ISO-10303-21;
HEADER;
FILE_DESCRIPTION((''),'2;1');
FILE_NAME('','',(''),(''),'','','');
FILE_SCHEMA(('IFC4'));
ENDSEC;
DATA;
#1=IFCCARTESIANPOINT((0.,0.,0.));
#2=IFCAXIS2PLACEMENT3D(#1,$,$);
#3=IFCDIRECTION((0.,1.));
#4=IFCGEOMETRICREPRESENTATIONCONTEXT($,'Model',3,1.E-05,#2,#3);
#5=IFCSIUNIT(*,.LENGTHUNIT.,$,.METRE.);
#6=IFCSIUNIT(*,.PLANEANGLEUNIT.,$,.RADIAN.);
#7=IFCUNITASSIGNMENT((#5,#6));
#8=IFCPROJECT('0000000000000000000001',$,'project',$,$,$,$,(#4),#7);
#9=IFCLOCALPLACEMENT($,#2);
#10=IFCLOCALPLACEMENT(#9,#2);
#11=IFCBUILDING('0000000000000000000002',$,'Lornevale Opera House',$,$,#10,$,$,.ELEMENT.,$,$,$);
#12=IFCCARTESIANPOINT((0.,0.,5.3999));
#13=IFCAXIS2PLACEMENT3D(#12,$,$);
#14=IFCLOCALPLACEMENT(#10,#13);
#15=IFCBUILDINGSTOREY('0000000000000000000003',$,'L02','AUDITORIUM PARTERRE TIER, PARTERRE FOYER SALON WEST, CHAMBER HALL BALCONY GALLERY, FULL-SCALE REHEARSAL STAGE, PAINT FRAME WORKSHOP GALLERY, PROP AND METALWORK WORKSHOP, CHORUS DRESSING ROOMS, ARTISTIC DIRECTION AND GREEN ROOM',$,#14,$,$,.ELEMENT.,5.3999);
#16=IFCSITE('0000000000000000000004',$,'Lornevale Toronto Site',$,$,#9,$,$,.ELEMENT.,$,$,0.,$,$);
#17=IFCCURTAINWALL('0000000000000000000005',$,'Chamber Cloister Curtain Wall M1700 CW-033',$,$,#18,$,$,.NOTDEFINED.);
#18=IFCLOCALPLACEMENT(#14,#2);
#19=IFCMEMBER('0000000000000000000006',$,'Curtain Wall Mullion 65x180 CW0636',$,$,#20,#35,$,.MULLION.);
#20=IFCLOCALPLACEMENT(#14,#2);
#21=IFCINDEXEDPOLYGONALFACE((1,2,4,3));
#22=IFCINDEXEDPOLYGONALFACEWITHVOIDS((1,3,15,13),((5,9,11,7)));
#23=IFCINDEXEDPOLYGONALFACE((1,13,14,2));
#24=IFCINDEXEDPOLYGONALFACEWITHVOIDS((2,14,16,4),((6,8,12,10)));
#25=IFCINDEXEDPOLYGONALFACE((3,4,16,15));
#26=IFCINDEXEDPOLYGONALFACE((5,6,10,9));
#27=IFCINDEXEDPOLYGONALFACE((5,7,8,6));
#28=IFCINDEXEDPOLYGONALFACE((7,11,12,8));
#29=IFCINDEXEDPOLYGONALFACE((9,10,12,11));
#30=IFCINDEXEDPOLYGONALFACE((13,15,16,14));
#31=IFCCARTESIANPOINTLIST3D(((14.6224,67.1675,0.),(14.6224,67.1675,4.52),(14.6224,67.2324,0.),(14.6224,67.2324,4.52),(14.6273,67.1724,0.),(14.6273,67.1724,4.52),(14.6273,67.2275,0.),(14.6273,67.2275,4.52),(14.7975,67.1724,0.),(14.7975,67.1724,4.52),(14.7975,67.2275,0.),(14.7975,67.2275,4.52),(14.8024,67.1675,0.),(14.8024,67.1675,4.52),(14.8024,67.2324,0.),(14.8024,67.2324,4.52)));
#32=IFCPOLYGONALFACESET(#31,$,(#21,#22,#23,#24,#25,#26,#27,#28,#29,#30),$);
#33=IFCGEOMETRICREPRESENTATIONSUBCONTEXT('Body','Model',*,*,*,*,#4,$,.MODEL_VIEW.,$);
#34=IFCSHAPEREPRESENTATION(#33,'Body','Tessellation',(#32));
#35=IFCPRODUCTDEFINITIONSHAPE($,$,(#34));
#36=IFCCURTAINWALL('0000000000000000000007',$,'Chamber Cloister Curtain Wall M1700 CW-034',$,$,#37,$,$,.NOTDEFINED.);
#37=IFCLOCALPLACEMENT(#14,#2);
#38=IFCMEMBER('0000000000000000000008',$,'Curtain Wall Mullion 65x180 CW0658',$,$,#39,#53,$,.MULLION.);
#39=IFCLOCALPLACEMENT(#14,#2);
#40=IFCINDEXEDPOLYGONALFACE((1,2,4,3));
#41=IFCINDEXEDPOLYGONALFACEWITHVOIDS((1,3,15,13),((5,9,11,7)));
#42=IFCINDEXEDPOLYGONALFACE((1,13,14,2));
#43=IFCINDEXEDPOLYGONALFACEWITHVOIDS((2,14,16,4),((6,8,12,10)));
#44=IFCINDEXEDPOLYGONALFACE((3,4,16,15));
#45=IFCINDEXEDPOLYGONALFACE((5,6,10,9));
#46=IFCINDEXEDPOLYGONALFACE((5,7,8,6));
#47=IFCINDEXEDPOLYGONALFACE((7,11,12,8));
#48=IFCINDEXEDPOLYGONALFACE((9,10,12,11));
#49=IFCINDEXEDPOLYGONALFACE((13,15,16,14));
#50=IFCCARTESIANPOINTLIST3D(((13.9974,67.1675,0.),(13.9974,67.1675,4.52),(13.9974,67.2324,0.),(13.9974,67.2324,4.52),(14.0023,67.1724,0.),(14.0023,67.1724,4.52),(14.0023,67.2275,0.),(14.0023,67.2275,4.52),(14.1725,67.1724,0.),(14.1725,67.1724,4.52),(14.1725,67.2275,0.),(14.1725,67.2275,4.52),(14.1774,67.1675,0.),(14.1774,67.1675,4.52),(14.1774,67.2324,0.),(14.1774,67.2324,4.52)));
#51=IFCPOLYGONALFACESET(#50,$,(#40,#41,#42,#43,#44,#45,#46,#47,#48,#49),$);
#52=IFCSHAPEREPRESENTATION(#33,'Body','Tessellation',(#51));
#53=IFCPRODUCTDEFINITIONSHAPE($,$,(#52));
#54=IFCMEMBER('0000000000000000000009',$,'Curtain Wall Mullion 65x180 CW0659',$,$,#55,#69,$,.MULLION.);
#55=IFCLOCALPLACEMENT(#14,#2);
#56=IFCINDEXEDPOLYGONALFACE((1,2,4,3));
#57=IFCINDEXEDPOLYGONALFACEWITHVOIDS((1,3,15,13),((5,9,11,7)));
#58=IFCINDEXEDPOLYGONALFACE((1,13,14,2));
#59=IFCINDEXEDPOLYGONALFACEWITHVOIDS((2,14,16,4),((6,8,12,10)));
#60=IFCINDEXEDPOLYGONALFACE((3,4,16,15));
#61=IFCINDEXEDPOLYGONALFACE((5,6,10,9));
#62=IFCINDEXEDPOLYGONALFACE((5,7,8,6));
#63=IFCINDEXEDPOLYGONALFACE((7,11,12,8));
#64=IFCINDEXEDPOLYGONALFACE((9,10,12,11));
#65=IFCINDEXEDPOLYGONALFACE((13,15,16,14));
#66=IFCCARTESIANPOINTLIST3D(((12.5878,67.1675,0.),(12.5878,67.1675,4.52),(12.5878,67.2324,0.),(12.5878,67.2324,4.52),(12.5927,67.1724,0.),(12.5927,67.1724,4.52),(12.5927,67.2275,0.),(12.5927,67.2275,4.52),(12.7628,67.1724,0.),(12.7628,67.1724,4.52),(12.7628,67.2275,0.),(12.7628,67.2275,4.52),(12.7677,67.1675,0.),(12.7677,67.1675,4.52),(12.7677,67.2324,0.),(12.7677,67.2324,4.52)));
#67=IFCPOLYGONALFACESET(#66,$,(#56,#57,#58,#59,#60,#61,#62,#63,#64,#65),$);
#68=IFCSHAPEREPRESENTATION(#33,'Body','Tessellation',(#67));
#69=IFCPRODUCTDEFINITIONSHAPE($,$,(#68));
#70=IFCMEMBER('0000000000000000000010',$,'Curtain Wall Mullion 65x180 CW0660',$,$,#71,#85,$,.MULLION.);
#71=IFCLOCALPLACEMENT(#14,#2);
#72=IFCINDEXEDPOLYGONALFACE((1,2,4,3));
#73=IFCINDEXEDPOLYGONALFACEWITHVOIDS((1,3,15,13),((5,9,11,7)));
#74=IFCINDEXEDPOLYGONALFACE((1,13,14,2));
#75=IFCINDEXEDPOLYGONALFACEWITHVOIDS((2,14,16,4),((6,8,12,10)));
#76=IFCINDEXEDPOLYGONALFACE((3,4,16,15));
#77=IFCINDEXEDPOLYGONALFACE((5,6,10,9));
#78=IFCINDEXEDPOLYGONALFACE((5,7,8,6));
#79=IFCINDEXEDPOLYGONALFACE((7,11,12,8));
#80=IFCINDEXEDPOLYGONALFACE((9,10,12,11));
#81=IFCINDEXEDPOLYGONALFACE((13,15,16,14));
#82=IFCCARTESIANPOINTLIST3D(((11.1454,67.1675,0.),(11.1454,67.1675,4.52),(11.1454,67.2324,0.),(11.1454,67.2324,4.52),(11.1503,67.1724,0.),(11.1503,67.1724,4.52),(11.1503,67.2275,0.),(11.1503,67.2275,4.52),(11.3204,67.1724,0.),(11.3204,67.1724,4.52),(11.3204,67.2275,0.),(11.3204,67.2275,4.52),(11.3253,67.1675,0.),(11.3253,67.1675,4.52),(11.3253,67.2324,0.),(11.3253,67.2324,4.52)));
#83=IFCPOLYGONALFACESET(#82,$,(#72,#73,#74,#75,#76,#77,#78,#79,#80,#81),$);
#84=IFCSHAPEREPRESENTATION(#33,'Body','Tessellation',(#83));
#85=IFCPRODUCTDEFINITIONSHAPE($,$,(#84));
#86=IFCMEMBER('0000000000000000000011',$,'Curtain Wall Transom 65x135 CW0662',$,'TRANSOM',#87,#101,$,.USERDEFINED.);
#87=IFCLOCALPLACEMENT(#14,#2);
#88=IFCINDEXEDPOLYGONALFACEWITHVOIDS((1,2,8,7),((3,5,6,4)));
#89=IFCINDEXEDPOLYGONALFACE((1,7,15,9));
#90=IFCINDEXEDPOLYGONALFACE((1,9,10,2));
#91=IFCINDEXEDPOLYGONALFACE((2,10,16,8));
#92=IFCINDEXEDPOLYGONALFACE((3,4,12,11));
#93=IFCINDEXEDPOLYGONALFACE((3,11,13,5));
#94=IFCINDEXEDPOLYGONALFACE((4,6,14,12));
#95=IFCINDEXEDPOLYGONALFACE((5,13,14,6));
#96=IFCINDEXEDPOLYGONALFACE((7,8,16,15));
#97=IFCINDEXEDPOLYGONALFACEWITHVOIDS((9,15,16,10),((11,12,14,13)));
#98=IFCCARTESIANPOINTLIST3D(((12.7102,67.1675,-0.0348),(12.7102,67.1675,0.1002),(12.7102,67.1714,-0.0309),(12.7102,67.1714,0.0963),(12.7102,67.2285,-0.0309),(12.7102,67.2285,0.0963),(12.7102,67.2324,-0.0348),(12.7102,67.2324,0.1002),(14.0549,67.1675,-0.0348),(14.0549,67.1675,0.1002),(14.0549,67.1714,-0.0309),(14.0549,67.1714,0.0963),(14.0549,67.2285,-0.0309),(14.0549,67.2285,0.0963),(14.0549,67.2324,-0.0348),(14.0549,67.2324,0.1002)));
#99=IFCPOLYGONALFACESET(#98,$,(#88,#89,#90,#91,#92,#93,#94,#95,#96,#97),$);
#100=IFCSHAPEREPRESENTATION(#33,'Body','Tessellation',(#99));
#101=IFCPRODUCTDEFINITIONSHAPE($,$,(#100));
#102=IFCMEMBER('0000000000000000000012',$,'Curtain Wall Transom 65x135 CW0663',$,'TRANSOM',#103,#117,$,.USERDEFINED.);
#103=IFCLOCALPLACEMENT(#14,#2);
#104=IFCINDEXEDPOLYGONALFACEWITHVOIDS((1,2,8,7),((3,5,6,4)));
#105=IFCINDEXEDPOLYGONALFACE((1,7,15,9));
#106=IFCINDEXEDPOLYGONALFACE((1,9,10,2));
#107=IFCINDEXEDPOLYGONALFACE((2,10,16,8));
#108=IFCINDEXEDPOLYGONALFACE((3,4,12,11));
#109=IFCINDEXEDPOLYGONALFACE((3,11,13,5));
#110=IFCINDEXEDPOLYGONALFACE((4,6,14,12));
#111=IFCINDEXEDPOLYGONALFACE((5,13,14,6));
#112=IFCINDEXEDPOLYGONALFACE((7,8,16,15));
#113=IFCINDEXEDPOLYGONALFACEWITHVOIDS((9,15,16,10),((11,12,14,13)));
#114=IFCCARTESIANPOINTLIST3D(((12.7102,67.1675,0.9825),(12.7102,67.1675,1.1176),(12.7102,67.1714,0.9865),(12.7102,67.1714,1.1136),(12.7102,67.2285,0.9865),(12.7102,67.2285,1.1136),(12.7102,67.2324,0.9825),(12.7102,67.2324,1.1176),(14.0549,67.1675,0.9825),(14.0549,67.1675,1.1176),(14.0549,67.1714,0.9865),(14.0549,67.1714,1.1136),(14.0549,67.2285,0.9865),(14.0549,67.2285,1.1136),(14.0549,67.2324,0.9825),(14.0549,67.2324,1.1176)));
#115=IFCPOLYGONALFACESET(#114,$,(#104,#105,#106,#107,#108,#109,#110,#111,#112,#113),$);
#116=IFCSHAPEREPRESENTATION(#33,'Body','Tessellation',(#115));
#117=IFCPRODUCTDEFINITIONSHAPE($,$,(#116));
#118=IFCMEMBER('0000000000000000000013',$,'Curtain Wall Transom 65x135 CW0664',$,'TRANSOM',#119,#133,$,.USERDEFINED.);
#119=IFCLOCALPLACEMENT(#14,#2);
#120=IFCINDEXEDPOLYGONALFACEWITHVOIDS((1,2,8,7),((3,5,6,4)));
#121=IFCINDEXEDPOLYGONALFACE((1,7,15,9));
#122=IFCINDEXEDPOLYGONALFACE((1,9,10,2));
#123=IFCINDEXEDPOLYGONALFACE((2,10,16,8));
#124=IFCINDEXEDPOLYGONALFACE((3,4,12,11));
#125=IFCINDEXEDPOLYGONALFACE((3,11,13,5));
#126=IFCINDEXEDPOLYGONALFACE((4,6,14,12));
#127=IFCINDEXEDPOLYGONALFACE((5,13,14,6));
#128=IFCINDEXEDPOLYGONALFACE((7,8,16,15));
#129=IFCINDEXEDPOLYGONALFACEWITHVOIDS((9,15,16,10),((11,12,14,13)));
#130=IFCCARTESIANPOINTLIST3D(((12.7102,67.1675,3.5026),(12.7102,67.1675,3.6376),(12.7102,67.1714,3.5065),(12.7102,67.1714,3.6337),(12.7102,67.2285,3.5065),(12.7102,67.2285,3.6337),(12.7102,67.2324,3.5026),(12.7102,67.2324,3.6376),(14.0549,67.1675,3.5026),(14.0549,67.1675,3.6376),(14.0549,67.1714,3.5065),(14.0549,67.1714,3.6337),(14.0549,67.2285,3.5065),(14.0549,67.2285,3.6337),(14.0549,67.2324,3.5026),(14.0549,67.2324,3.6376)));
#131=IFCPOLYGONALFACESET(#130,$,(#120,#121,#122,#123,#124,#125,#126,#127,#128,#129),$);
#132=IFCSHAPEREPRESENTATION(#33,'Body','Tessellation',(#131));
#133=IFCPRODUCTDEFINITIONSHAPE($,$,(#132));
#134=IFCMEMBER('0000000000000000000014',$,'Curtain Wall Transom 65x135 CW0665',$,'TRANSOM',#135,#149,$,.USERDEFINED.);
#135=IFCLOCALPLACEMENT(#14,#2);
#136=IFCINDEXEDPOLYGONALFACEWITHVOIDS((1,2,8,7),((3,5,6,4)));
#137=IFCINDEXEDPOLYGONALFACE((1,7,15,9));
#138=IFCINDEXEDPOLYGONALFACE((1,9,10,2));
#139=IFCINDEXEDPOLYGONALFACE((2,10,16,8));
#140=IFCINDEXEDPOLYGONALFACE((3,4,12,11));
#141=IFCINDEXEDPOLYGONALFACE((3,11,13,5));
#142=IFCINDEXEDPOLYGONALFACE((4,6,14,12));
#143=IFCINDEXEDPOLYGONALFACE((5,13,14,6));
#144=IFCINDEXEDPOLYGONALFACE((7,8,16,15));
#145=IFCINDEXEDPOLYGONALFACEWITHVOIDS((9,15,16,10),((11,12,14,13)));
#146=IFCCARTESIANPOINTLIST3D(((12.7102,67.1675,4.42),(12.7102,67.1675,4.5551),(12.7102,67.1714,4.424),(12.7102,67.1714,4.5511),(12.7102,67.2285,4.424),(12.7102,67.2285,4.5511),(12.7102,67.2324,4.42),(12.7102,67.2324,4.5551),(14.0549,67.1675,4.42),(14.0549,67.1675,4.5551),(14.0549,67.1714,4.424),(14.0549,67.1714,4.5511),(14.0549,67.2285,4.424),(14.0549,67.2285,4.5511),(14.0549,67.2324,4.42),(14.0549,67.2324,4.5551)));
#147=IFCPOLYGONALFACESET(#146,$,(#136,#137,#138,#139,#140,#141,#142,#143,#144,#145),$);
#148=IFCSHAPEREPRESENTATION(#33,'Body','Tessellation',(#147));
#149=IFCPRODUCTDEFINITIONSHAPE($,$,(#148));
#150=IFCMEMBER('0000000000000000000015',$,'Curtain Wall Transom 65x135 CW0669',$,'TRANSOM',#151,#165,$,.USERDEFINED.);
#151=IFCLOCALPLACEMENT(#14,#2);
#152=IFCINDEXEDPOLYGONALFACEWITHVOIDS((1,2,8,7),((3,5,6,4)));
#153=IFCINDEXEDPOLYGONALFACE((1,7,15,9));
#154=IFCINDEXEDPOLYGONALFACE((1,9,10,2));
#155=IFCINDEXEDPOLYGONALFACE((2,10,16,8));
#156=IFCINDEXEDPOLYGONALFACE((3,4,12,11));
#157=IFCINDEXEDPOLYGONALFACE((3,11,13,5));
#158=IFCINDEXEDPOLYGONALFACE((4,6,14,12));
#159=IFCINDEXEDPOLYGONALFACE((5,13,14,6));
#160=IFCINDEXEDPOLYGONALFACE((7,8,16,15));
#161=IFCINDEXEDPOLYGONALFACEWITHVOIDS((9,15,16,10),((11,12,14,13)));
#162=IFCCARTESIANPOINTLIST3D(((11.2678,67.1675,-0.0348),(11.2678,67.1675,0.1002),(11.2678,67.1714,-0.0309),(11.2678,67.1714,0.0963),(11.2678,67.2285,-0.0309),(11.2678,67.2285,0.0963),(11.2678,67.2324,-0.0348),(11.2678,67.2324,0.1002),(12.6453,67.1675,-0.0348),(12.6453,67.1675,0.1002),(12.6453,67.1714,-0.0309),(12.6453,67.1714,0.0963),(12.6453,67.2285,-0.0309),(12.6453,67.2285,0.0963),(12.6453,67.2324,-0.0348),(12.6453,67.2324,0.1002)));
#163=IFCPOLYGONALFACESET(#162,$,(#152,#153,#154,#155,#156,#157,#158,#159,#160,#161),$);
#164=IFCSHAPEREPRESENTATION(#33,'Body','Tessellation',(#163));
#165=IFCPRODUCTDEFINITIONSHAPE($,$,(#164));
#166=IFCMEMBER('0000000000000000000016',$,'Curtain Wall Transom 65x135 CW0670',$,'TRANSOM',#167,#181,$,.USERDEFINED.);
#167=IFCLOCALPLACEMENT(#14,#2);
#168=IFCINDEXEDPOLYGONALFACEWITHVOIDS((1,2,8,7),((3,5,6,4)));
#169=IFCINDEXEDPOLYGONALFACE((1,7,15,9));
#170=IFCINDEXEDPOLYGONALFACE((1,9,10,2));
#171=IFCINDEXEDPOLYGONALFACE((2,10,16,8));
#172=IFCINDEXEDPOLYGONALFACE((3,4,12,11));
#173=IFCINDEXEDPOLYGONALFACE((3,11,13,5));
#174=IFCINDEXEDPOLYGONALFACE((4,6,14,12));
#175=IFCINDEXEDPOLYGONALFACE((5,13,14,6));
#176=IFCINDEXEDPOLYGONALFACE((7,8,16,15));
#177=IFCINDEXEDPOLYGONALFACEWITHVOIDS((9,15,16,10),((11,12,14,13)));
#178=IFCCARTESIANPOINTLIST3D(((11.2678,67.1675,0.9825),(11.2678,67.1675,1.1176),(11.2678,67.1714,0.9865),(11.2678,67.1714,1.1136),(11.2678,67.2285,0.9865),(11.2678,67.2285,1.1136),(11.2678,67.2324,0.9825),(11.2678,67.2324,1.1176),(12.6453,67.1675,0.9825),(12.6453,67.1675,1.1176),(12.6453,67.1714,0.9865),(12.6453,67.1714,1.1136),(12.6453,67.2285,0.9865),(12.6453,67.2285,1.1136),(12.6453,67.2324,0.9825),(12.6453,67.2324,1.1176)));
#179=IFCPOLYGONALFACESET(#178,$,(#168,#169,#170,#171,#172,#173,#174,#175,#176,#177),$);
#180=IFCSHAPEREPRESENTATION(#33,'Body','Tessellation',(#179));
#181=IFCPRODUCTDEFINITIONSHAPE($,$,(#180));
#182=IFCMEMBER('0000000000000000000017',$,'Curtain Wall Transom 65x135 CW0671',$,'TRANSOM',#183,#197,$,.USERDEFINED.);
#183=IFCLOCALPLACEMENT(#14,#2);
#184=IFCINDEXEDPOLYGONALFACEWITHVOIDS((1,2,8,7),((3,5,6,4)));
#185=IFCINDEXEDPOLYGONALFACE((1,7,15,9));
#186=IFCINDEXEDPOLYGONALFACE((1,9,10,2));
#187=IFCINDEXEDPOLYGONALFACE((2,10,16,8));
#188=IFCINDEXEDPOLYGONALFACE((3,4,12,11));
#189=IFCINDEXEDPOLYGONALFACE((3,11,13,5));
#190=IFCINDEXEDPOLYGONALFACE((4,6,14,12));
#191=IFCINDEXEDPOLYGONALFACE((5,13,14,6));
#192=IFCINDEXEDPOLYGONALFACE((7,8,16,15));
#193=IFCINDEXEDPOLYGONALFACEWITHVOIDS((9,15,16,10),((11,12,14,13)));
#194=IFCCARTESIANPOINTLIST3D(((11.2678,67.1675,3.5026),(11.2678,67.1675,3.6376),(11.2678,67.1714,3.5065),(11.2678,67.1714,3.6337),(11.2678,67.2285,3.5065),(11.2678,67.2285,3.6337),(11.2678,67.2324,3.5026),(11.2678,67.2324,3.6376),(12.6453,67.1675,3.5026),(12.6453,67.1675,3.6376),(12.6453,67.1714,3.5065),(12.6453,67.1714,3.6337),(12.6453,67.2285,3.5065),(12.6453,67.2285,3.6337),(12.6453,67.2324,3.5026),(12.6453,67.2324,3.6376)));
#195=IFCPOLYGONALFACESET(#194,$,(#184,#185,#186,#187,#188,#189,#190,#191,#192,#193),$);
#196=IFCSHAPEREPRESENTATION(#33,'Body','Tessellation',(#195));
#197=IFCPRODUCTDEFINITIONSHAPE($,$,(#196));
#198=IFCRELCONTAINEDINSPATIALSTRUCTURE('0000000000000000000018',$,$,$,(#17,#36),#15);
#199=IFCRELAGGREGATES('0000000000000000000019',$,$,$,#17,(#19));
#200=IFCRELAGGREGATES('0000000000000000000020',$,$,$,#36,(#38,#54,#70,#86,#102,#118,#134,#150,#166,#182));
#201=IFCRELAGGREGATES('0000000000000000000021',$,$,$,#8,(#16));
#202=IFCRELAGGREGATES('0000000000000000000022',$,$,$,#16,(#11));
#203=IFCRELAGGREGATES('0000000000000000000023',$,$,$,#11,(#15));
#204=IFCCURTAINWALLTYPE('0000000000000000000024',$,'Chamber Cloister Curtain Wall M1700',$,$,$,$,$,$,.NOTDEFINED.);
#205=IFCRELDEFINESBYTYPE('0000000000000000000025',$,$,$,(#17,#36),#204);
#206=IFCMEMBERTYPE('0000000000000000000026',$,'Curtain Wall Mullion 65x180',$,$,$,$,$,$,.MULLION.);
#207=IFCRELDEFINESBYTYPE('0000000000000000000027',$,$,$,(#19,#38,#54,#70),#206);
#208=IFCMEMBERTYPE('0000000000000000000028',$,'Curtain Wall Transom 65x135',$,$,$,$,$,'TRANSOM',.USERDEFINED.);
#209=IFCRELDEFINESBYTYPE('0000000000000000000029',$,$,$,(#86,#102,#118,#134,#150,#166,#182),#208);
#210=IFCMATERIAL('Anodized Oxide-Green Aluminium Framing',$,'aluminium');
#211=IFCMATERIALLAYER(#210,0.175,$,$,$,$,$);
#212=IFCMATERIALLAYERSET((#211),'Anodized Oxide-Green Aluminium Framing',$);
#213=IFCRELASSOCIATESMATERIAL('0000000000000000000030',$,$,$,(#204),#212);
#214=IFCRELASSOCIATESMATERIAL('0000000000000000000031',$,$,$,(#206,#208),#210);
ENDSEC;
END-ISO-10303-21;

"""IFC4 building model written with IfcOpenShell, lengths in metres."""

from ifc_helpers import new_model, si_unit, direction, frame, origin, origin_2d, place, context, subcontext, project, spatial, hollow_rectangle, extrude, material, layer, layer_set, material_profile, profile_set, type_object, element, aggregate, save


model = new_model("IFC4")

# Units and contexts
model_context = context("Model", 3, precision=1e-05, world=origin(), true_north=direction((0.0, 1.0)))
body_context = subcontext(model_context, "Body", "Model", "MODEL_VIEW")
ifc_project = project(units=[si_unit("LENGTHUNIT", "METRE"), si_unit("PLANEANGLEUNIT", "RADIAN")], contexts=[model_context])

# Site, building, storey
site_placement = place(None, origin())
site = spatial("IfcSite", under=ifc_project, at=site_placement, Name="Lornevale Toronto Site", CompositionType="ELEMENT", RefElevation=0.0)
building_placement = place(site_placement, origin())
building = spatial("IfcBuilding", under=site, at=building_placement, Name="Lornevale Opera House", CompositionType="ELEMENT")
storey_placement = place(building_placement, frame((0.0, 0.0, 5.3999)))
storey = spatial("IfcBuildingStorey", under=building, at=storey_placement, Name="L02", Description="AUDITORIUM PARTERRE TIER, PARTERRE FOYER SALON WEST, CHAMBER HALL BALCONY GALLERY, FULL-SCALE REHEARSAL STAGE, PAINT FRAME WORKSHOP GALLERY, PROP AND METALWORK WORKSHOP, CHORUS DRESSING ROOMS, ARTISTIC DIRECTION AND GREEN ROOM", CompositionType="ELEMENT", Elevation=5.3999)

# Curtain wall, member
ifc_material_1 = material(Name="Anodized Oxide-Green Aluminium Framing", Category="aluminium")
ifc_layer_1 = layer(ifc_material_1, 0.175)
ifc_layer_set_1 = layer_set([ifc_layer_1], Name="Anodized Oxide-Green Aluminium Framing")
curtain_wall_type = type_object("IfcCurtainWallType", Name="Chamber Cloister Curtain Wall M1700", PredefinedType="NOTDEFINED", material=ifc_layer_set_1)
curtain_wall_1_placement = place(storey_placement, origin())
curtain_wall_1 = element("IfcCurtainWall", 1, at=curtain_wall_1_placement, inside=storey, type_object=curtain_wall_type, Name="Chamber Cloister Curtain Wall M1700 CW-033", PredefinedType="NOTDEFINED")
ifc_material_profile_1 = material_profile(ifc_material_1, hollow_rectangle(XDim=0.0649, YDim=0.1799, WallThickness=0.0049, at=origin_2d()), Name="ALU65x180x5")
ifc_profile_set_1 = profile_set([ifc_material_profile_1], Name="Anodized Oxide-Green Aluminium Framing")
member_type_1 = type_object("IfcMemberType", Name="Curtain Wall Mullion 65x180", PredefinedType="MULLION", material=ifc_profile_set_1)
member_1_placement = place(storey_placement, frame((14.7124, 67.2, 0.0), z_axis=(0.0, 0.0, 1.0), x_axis=(0.0, -1.0, 0.0)))
member_1 = element("IfcMember", 2, at=member_1_placement, type_object=member_type_1, Name="Curtain Wall Mullion 65x180 CW0636", PredefinedType="MULLION", context=body_context, shape_type="SweptSolid", body=[
    extrude(hollow_rectangle(XDim=0.0649, YDim=0.1799, WallThickness=0.0049, at=origin_2d()), origin(), (0.0, 0.0, 1.0), 4.52),
])

# Curtain wall, members
curtain_wall_2_placement = place(storey_placement, origin())
curtain_wall_2 = element("IfcCurtainWall", 3, at=curtain_wall_2_placement, inside=storey, type_object=curtain_wall_type, Name="Chamber Cloister Curtain Wall M1700 CW-034", PredefinedType="NOTDEFINED")
member_2_placement = place(storey_placement, frame((14.0874, 67.2, 0.0), z_axis=(0.0, 0.0, 1.0), x_axis=(0.0, -1.0, 0.0)))
member_2 = element("IfcMember", 4, at=member_2_placement, type_object=member_type_1, Name="Curtain Wall Mullion 65x180 CW0658", PredefinedType="MULLION", context=body_context, shape_type="SweptSolid", body=[
    extrude(hollow_rectangle(XDim=0.0649, YDim=0.1799, WallThickness=0.0049, at=origin_2d()), origin(), (0.0, 0.0, 1.0), 4.52),
])
member_3_placement = place(storey_placement, frame((12.6777, 67.2, 0.0), z_axis=(0.0, 0.0, 1.0), x_axis=(0.0, -1.0, 0.0)))
member_3 = element("IfcMember", 5, at=member_3_placement, type_object=member_type_1, Name="Curtain Wall Mullion 65x180 CW0659", PredefinedType="MULLION", context=body_context, shape_type="SweptSolid", body=[
    extrude(hollow_rectangle(XDim=0.0649, YDim=0.1799, WallThickness=0.0049, at=origin_2d()), origin(), (0.0, 0.0, 1.0), 4.52),
])
member_4_placement = place(storey_placement, frame((11.2354, 67.2, 0.0), z_axis=(0.0, 0.0, 1.0), x_axis=(0.0, -1.0, 0.0)))
member_4 = element("IfcMember", 6, at=member_4_placement, type_object=member_type_1, Name="Curtain Wall Mullion 65x180 CW0660", PredefinedType="MULLION", context=body_context, shape_type="SweptSolid", body=[
    extrude(hollow_rectangle(XDim=0.0649, YDim=0.1799, WallThickness=0.0049, at=origin_2d()), origin(), (0.0, 0.0, 1.0), 4.52),
])
ifc_material_profile_2 = material_profile(ifc_material_1, hollow_rectangle(XDim=0.0649, YDim=0.135, WallThickness=0.0039, at=origin_2d()), Name="ALU65x135x4")
ifc_profile_set_2 = profile_set([ifc_material_profile_2], Name="Anodized Oxide-Green Aluminium Framing")
member_type_2 = type_object("IfcMemberType", Name="Curtain Wall Transom 65x135", ElementType="TRANSOM", PredefinedType="USERDEFINED", material=ifc_profile_set_2)
member_5_placement = place(storey_placement, frame((14.0549, 67.2, 0.0327), z_axis=(-1.0, 0.0, 0.0), x_axis=(0.0, -1.0, 0.0)))
member_5 = element("IfcMember", 7, at=member_5_placement, type_object=member_type_2, Name="Curtain Wall Transom 65x135 CW0662", ObjectType="TRANSOM", PredefinedType="USERDEFINED", context=body_context, shape_type="SweptSolid", body=[
    extrude(hollow_rectangle(XDim=0.0649, YDim=0.135, WallThickness=0.0039, at=origin_2d()), origin(), (0.0, 0.0, 1.0), 1.3447),
])
member_6_placement = place(storey_placement, frame((14.0549, 67.2, 1.05), z_axis=(-1.0, 0.0, 0.0), x_axis=(0.0, -1.0, 0.0)))
member_6 = element("IfcMember", 8, at=member_6_placement, type_object=member_type_2, Name="Curtain Wall Transom 65x135 CW0663", ObjectType="TRANSOM", PredefinedType="USERDEFINED", context=body_context, shape_type="SweptSolid", body=[
    extrude(hollow_rectangle(XDim=0.0649, YDim=0.135, WallThickness=0.0039, at=origin_2d()), origin(), (0.0, 0.0, 1.0), 1.3447),
])
member_7_placement = place(storey_placement, frame((14.0549, 67.2, 3.5701), z_axis=(-1.0, 0.0, 0.0), x_axis=(0.0, -1.0, 0.0)))
member_7 = element("IfcMember", 9, at=member_7_placement, type_object=member_type_2, Name="Curtain Wall Transom 65x135 CW0664", ObjectType="TRANSOM", PredefinedType="USERDEFINED", context=body_context, shape_type="SweptSolid", body=[
    extrude(hollow_rectangle(XDim=0.0649, YDim=0.135, WallThickness=0.0039, at=origin_2d()), origin(), (0.0, 0.0, 1.0), 1.3447),
])
member_8_placement = place(storey_placement, frame((14.0549, 67.2, 4.4875), z_axis=(-1.0, 0.0, 0.0), x_axis=(0.0, -1.0, 0.0)))
member_8 = element("IfcMember", 10, at=member_8_placement, type_object=member_type_2, Name="Curtain Wall Transom 65x135 CW0665", ObjectType="TRANSOM", PredefinedType="USERDEFINED", context=body_context, shape_type="SweptSolid", body=[
    extrude(hollow_rectangle(XDim=0.0649, YDim=0.135, WallThickness=0.0039, at=origin_2d()), origin(), (0.0, 0.0, 1.0), 1.3447),
])
member_9_placement = place(storey_placement, frame((12.6453, 67.2, 0.0327), z_axis=(-1.0, 0.0, 0.0), x_axis=(0.0, -1.0, 0.0)))
member_9 = element("IfcMember", 11, at=member_9_placement, type_object=member_type_2, Name="Curtain Wall Transom 65x135 CW0669", ObjectType="TRANSOM", PredefinedType="USERDEFINED", context=body_context, shape_type="SweptSolid", body=[
    extrude(hollow_rectangle(XDim=0.0649, YDim=0.135, WallThickness=0.0039, at=origin_2d()), origin(), (0.0, 0.0, 1.0), 1.3774),
])
member_10_placement = place(storey_placement, frame((12.6453, 67.2, 1.05), z_axis=(-1.0, 0.0, 0.0), x_axis=(0.0, -1.0, 0.0)))
member_10 = element("IfcMember", 12, at=member_10_placement, type_object=member_type_2, Name="Curtain Wall Transom 65x135 CW0670", ObjectType="TRANSOM", PredefinedType="USERDEFINED", context=body_context, shape_type="SweptSolid", body=[
    extrude(hollow_rectangle(XDim=0.0649, YDim=0.135, WallThickness=0.0039, at=origin_2d()), origin(), (0.0, 0.0, 1.0), 1.3774),
])
member_11_placement = place(storey_placement, frame((12.6453, 67.2, 3.5701), z_axis=(-1.0, 0.0, 0.0), x_axis=(0.0, -1.0, 0.0)))
member_11 = element("IfcMember", 13, at=member_11_placement, type_object=member_type_2, Name="Curtain Wall Transom 65x135 CW0671", ObjectType="TRANSOM", PredefinedType="USERDEFINED", context=body_context, shape_type="SweptSolid", body=[
    extrude(hollow_rectangle(XDim=0.0649, YDim=0.135, WallThickness=0.0039, at=origin_2d()), origin(), (0.0, 0.0, 1.0), 1.3774),
])

aggregate(curtain_wall_1, [member_1])
aggregate(curtain_wall_2, [member_2, member_3, member_4, member_5, member_6, member_7, member_8, member_9, member_10, member_11])

save(model, "model.ifc")
